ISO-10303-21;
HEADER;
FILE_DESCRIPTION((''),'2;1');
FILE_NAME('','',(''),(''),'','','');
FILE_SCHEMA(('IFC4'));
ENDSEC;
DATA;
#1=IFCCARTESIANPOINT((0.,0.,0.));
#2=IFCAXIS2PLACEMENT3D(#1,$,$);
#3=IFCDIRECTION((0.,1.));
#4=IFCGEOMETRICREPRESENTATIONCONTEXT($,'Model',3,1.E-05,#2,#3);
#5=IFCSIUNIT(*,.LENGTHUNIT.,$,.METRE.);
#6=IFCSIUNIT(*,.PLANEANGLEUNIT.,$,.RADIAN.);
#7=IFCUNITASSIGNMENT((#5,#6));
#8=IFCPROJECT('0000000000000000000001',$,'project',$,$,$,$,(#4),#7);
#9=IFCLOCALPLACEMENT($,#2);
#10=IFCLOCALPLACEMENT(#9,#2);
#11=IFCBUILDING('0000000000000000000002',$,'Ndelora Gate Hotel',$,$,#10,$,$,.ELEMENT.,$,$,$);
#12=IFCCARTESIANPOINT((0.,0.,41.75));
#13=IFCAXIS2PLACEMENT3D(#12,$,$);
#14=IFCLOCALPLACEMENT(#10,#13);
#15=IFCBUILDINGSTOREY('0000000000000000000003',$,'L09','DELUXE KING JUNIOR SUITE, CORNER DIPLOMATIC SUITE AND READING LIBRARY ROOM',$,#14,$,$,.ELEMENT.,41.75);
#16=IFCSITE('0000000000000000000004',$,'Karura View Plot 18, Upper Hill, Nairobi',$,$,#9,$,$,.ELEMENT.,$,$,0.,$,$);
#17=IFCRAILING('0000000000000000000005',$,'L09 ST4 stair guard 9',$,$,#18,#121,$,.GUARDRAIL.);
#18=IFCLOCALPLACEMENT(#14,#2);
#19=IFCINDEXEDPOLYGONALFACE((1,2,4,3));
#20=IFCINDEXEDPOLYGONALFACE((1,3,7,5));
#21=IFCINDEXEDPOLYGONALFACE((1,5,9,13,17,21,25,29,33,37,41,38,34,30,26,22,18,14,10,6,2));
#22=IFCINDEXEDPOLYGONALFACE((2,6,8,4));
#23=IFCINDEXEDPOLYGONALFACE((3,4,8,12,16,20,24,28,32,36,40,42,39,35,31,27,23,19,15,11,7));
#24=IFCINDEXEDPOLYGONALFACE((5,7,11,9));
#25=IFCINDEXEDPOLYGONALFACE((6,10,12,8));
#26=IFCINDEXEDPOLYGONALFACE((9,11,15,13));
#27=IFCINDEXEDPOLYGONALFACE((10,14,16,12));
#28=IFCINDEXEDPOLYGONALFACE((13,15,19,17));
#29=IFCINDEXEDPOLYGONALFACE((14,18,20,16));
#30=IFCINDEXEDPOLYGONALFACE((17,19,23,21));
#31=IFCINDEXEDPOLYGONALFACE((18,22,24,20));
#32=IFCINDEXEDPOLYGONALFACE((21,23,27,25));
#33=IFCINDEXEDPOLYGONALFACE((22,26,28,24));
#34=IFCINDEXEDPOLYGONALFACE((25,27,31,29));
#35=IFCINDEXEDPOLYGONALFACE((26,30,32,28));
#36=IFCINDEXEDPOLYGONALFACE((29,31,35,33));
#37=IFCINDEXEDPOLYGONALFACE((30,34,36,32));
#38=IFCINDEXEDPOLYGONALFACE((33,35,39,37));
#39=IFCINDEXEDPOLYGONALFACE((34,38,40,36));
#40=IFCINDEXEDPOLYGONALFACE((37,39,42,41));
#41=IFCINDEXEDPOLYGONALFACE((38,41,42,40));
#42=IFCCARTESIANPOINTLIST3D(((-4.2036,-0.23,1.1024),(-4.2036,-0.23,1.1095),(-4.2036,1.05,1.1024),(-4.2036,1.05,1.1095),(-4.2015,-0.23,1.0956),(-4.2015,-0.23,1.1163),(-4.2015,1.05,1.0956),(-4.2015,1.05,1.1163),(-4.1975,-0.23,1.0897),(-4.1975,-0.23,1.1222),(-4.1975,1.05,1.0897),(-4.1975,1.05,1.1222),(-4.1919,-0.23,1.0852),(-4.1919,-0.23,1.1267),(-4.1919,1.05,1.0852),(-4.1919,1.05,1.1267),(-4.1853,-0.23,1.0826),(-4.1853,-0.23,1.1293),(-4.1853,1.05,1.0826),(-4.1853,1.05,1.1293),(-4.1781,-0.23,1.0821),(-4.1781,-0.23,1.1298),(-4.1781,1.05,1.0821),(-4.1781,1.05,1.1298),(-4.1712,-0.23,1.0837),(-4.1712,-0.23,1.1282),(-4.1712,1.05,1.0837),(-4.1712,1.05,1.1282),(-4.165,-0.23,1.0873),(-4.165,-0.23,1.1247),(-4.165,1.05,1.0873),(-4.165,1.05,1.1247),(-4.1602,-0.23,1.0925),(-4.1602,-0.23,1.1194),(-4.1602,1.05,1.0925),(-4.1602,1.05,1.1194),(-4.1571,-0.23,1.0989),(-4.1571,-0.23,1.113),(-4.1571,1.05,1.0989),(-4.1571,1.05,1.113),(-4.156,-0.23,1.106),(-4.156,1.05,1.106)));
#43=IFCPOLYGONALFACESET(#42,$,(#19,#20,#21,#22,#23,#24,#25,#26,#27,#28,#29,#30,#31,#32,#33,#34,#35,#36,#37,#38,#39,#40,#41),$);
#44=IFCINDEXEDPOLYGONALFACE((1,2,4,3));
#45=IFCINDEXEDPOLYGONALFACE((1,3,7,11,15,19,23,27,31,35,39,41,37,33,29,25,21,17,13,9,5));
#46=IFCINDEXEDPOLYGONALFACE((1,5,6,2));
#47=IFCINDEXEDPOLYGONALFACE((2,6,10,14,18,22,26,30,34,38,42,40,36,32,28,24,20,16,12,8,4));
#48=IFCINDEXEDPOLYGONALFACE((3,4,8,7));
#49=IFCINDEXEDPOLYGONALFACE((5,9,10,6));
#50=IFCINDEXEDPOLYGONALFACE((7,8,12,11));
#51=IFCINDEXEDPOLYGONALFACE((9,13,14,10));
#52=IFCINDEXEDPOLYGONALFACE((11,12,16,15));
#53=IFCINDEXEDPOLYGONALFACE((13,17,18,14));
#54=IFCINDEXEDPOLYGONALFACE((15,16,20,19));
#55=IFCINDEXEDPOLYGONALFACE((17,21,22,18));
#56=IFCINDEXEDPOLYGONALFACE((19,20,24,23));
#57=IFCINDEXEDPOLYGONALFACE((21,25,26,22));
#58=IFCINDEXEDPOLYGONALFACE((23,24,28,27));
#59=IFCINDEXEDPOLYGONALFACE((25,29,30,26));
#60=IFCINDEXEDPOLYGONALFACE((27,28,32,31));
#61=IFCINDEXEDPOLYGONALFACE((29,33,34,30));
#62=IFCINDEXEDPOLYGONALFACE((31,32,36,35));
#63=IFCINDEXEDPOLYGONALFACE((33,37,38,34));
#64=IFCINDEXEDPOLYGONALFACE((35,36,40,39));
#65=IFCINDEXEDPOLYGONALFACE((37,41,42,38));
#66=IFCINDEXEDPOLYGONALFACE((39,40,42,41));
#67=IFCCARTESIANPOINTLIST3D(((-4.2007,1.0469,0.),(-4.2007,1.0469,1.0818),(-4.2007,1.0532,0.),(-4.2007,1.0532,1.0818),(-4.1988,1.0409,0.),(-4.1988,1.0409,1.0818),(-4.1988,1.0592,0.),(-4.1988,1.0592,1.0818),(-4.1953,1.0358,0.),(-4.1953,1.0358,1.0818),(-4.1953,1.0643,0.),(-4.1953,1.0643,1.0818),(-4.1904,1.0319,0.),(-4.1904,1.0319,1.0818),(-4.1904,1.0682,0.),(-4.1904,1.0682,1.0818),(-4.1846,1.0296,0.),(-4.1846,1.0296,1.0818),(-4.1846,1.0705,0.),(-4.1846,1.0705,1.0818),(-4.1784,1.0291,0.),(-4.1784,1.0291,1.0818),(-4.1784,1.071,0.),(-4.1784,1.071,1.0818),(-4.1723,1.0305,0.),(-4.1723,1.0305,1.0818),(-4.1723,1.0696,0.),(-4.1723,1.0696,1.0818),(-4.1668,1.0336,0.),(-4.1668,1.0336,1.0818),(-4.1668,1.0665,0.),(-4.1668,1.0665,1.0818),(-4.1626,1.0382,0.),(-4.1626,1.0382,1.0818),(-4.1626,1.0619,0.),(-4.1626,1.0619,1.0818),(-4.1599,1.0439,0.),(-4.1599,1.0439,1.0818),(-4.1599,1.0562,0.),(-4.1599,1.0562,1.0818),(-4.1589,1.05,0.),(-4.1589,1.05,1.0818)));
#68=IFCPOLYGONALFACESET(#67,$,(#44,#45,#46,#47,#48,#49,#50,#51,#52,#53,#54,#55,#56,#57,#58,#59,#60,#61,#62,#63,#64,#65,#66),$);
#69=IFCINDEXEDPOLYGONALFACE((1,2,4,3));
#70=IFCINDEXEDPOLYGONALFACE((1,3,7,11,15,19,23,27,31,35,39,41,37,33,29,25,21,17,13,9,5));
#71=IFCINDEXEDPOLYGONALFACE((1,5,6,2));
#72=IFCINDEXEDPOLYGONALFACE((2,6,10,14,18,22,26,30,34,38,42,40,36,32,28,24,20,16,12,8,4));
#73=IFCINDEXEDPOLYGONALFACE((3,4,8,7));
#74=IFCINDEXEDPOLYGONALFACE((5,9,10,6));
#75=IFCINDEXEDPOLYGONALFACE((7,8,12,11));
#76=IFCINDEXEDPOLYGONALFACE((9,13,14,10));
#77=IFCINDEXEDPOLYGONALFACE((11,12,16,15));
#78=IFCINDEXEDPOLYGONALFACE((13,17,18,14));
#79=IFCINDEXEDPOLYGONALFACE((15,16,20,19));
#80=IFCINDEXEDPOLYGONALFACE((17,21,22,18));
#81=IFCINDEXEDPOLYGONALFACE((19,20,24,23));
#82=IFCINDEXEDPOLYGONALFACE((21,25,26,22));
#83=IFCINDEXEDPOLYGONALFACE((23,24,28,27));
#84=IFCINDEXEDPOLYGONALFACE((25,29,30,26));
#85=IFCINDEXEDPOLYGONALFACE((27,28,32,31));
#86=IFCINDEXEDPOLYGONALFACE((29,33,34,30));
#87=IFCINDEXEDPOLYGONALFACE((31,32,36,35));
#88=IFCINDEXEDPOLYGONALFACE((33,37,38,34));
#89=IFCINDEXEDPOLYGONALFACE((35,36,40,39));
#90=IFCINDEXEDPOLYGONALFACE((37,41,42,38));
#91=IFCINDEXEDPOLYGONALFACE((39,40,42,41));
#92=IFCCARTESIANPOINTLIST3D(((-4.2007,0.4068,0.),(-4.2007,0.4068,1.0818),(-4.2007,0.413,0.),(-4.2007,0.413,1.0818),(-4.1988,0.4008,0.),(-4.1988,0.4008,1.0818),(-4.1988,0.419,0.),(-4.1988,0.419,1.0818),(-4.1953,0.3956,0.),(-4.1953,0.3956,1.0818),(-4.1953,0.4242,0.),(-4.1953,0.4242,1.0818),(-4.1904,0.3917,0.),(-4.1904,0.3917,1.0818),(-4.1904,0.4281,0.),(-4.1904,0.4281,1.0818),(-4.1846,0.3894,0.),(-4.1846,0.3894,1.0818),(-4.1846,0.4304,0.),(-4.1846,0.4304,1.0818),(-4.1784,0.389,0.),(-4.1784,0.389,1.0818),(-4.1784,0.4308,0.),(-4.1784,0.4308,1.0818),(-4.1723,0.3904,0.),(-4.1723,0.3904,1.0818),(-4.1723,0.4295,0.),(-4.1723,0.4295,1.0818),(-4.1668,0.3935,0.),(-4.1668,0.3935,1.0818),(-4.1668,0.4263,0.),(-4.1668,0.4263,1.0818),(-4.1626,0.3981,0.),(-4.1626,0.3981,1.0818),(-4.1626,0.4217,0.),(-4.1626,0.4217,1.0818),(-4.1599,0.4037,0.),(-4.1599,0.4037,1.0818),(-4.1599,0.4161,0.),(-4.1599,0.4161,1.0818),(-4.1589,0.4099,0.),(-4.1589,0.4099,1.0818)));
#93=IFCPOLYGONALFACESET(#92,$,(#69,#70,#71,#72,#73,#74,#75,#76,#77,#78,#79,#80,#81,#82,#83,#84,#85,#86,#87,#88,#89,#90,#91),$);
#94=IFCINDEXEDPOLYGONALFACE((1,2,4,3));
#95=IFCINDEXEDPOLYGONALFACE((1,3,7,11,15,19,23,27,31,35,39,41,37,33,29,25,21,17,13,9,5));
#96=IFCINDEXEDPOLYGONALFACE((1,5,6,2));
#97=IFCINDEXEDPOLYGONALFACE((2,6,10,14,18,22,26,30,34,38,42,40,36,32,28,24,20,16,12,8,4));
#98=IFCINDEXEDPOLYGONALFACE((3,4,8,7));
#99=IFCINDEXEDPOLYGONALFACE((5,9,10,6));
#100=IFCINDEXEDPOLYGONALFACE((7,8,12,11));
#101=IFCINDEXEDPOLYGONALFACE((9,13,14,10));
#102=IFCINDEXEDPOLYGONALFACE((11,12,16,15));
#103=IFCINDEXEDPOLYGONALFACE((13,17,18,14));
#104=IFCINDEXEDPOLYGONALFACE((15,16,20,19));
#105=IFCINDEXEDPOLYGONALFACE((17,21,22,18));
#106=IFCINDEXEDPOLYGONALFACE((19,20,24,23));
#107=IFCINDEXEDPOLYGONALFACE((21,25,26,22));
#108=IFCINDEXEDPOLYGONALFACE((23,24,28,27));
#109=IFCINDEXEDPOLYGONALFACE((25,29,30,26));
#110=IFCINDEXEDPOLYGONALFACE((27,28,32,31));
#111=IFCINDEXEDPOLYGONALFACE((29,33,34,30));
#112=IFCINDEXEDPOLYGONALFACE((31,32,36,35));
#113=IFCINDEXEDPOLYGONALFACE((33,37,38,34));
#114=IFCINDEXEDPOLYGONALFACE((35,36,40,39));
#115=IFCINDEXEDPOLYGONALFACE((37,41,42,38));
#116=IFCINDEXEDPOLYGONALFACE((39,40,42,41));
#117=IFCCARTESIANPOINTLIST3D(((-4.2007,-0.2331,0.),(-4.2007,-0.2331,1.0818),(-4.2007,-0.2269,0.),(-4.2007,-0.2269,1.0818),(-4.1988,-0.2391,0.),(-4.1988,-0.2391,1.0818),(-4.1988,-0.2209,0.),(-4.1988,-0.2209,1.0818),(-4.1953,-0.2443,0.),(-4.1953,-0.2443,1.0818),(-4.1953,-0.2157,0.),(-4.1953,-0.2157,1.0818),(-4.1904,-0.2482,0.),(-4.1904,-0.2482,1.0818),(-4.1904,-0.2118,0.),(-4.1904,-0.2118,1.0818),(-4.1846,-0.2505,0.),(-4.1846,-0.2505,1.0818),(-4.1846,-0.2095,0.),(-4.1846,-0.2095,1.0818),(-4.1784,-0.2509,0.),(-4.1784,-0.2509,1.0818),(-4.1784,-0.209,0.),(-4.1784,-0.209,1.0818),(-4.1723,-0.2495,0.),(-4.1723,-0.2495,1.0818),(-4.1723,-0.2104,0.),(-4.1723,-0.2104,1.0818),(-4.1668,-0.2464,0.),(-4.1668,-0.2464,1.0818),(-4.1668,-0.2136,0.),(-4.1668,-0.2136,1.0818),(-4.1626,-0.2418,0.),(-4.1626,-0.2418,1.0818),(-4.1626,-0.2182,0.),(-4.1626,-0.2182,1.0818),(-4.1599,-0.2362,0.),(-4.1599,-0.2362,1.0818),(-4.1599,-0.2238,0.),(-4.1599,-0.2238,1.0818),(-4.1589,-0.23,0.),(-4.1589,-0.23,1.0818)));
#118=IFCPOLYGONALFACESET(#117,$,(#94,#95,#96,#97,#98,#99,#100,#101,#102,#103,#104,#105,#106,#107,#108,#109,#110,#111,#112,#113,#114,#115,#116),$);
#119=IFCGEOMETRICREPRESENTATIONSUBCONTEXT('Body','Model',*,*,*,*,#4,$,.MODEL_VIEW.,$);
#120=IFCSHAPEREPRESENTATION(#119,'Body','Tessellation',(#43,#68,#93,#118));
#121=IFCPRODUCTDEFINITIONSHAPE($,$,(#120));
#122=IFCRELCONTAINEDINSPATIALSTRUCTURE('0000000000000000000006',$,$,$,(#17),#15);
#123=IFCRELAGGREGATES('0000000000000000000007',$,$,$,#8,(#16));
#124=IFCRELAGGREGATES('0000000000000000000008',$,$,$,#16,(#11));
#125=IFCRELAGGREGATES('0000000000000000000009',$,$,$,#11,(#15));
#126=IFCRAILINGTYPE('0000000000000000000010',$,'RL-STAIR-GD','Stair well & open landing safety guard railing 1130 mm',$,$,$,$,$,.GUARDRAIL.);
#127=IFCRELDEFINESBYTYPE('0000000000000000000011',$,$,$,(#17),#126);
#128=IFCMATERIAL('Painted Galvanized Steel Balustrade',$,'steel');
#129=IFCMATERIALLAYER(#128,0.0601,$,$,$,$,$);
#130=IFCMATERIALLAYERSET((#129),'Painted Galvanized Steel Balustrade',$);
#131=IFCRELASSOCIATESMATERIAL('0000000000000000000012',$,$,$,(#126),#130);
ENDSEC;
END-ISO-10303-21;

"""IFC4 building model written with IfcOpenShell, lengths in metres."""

from ifc_helpers import new_model, si_unit, direction, frame, origin, origin_2d, place, context, subcontext, project, spatial, circle, extrude, material, layer, layer_set, type_object, element, save


model = new_model("IFC4")

# Units and contexts
model_context = context("Model", 3, precision=1e-05, world=origin(), true_north=direction((0.0, 1.0)))
body_context = subcontext(model_context, "Body", "Model", "MODEL_VIEW")
ifc_project = project(units=[si_unit("LENGTHUNIT", "METRE"), si_unit("PLANEANGLEUNIT", "RADIAN")], contexts=[model_context])

# Site, building, storey
site_placement = place(None, origin())
site = spatial("IfcSite", under=ifc_project, at=site_placement, Name="Karura View Plot 18, Upper Hill, Nairobi", CompositionType="ELEMENT", RefElevation=0.0)
building_placement = place(site_placement, origin())
building = spatial("IfcBuilding", under=site, at=building_placement, Name="Ndelora Gate Hotel", CompositionType="ELEMENT")
storey_placement = place(building_placement, frame((0.0, 0.0, 41.75)))
storey = spatial("IfcBuildingStorey", under=building, at=storey_placement, Name="L09", Description="DELUXE KING JUNIOR SUITE, CORNER DIPLOMATIC SUITE AND READING LIBRARY ROOM", CompositionType="ELEMENT", Elevation=41.75)

# Railing
ifc_material_1 = material(Name="Painted Galvanized Steel Balustrade", Category="steel")
ifc_layer_1 = layer(ifc_material_1, 0.0601)
ifc_layer_set_1 = layer_set([ifc_layer_1], Name="Painted Galvanized Steel Balustrade")
railing_type_1 = type_object("IfcRailingType", Name="RL-STAIR-GD", Description="Stair well & open landing safety guard railing 1130 mm", PredefinedType="GUARDRAIL", material=ifc_layer_set_1)
for number, where, name in (
    (1, (-4.1799, 1.05, 0.0), "L09 ST4 stair guard 9"),
):
    element("IfcRailing", number, at=place(storey_placement, frame(where)), inside=storey, type_object=railing_type_1, Name=name, PredefinedType="GUARDRAIL", context=body_context, shape_type="SweptSolid", body=[
        extrude(circle(Radius=0.0239, at=origin_2d()), frame((0.0, 0.0, 1.106), z_axis=(0.0, -1.0, 0.0), x_axis=(1.0, 0.0, 0.0)), (0.0, 0.0, 1.0), 1.28),
        extrude(circle(Radius=0.021, at=origin_2d()), origin(), (0.0, 0.0, 1.0), 1.0818),
        extrude(circle(Radius=0.021, at=origin_2d()), frame((0.0, -0.6401, 0.0)), (0.0, 0.0, 1.0), 1.0818),
        extrude(circle(Radius=0.021, at=origin_2d()), frame((0.0, -1.28, 0.0)), (0.0, 0.0, 1.0), 1.0818),
    ])

save(model, "model.ifc")
